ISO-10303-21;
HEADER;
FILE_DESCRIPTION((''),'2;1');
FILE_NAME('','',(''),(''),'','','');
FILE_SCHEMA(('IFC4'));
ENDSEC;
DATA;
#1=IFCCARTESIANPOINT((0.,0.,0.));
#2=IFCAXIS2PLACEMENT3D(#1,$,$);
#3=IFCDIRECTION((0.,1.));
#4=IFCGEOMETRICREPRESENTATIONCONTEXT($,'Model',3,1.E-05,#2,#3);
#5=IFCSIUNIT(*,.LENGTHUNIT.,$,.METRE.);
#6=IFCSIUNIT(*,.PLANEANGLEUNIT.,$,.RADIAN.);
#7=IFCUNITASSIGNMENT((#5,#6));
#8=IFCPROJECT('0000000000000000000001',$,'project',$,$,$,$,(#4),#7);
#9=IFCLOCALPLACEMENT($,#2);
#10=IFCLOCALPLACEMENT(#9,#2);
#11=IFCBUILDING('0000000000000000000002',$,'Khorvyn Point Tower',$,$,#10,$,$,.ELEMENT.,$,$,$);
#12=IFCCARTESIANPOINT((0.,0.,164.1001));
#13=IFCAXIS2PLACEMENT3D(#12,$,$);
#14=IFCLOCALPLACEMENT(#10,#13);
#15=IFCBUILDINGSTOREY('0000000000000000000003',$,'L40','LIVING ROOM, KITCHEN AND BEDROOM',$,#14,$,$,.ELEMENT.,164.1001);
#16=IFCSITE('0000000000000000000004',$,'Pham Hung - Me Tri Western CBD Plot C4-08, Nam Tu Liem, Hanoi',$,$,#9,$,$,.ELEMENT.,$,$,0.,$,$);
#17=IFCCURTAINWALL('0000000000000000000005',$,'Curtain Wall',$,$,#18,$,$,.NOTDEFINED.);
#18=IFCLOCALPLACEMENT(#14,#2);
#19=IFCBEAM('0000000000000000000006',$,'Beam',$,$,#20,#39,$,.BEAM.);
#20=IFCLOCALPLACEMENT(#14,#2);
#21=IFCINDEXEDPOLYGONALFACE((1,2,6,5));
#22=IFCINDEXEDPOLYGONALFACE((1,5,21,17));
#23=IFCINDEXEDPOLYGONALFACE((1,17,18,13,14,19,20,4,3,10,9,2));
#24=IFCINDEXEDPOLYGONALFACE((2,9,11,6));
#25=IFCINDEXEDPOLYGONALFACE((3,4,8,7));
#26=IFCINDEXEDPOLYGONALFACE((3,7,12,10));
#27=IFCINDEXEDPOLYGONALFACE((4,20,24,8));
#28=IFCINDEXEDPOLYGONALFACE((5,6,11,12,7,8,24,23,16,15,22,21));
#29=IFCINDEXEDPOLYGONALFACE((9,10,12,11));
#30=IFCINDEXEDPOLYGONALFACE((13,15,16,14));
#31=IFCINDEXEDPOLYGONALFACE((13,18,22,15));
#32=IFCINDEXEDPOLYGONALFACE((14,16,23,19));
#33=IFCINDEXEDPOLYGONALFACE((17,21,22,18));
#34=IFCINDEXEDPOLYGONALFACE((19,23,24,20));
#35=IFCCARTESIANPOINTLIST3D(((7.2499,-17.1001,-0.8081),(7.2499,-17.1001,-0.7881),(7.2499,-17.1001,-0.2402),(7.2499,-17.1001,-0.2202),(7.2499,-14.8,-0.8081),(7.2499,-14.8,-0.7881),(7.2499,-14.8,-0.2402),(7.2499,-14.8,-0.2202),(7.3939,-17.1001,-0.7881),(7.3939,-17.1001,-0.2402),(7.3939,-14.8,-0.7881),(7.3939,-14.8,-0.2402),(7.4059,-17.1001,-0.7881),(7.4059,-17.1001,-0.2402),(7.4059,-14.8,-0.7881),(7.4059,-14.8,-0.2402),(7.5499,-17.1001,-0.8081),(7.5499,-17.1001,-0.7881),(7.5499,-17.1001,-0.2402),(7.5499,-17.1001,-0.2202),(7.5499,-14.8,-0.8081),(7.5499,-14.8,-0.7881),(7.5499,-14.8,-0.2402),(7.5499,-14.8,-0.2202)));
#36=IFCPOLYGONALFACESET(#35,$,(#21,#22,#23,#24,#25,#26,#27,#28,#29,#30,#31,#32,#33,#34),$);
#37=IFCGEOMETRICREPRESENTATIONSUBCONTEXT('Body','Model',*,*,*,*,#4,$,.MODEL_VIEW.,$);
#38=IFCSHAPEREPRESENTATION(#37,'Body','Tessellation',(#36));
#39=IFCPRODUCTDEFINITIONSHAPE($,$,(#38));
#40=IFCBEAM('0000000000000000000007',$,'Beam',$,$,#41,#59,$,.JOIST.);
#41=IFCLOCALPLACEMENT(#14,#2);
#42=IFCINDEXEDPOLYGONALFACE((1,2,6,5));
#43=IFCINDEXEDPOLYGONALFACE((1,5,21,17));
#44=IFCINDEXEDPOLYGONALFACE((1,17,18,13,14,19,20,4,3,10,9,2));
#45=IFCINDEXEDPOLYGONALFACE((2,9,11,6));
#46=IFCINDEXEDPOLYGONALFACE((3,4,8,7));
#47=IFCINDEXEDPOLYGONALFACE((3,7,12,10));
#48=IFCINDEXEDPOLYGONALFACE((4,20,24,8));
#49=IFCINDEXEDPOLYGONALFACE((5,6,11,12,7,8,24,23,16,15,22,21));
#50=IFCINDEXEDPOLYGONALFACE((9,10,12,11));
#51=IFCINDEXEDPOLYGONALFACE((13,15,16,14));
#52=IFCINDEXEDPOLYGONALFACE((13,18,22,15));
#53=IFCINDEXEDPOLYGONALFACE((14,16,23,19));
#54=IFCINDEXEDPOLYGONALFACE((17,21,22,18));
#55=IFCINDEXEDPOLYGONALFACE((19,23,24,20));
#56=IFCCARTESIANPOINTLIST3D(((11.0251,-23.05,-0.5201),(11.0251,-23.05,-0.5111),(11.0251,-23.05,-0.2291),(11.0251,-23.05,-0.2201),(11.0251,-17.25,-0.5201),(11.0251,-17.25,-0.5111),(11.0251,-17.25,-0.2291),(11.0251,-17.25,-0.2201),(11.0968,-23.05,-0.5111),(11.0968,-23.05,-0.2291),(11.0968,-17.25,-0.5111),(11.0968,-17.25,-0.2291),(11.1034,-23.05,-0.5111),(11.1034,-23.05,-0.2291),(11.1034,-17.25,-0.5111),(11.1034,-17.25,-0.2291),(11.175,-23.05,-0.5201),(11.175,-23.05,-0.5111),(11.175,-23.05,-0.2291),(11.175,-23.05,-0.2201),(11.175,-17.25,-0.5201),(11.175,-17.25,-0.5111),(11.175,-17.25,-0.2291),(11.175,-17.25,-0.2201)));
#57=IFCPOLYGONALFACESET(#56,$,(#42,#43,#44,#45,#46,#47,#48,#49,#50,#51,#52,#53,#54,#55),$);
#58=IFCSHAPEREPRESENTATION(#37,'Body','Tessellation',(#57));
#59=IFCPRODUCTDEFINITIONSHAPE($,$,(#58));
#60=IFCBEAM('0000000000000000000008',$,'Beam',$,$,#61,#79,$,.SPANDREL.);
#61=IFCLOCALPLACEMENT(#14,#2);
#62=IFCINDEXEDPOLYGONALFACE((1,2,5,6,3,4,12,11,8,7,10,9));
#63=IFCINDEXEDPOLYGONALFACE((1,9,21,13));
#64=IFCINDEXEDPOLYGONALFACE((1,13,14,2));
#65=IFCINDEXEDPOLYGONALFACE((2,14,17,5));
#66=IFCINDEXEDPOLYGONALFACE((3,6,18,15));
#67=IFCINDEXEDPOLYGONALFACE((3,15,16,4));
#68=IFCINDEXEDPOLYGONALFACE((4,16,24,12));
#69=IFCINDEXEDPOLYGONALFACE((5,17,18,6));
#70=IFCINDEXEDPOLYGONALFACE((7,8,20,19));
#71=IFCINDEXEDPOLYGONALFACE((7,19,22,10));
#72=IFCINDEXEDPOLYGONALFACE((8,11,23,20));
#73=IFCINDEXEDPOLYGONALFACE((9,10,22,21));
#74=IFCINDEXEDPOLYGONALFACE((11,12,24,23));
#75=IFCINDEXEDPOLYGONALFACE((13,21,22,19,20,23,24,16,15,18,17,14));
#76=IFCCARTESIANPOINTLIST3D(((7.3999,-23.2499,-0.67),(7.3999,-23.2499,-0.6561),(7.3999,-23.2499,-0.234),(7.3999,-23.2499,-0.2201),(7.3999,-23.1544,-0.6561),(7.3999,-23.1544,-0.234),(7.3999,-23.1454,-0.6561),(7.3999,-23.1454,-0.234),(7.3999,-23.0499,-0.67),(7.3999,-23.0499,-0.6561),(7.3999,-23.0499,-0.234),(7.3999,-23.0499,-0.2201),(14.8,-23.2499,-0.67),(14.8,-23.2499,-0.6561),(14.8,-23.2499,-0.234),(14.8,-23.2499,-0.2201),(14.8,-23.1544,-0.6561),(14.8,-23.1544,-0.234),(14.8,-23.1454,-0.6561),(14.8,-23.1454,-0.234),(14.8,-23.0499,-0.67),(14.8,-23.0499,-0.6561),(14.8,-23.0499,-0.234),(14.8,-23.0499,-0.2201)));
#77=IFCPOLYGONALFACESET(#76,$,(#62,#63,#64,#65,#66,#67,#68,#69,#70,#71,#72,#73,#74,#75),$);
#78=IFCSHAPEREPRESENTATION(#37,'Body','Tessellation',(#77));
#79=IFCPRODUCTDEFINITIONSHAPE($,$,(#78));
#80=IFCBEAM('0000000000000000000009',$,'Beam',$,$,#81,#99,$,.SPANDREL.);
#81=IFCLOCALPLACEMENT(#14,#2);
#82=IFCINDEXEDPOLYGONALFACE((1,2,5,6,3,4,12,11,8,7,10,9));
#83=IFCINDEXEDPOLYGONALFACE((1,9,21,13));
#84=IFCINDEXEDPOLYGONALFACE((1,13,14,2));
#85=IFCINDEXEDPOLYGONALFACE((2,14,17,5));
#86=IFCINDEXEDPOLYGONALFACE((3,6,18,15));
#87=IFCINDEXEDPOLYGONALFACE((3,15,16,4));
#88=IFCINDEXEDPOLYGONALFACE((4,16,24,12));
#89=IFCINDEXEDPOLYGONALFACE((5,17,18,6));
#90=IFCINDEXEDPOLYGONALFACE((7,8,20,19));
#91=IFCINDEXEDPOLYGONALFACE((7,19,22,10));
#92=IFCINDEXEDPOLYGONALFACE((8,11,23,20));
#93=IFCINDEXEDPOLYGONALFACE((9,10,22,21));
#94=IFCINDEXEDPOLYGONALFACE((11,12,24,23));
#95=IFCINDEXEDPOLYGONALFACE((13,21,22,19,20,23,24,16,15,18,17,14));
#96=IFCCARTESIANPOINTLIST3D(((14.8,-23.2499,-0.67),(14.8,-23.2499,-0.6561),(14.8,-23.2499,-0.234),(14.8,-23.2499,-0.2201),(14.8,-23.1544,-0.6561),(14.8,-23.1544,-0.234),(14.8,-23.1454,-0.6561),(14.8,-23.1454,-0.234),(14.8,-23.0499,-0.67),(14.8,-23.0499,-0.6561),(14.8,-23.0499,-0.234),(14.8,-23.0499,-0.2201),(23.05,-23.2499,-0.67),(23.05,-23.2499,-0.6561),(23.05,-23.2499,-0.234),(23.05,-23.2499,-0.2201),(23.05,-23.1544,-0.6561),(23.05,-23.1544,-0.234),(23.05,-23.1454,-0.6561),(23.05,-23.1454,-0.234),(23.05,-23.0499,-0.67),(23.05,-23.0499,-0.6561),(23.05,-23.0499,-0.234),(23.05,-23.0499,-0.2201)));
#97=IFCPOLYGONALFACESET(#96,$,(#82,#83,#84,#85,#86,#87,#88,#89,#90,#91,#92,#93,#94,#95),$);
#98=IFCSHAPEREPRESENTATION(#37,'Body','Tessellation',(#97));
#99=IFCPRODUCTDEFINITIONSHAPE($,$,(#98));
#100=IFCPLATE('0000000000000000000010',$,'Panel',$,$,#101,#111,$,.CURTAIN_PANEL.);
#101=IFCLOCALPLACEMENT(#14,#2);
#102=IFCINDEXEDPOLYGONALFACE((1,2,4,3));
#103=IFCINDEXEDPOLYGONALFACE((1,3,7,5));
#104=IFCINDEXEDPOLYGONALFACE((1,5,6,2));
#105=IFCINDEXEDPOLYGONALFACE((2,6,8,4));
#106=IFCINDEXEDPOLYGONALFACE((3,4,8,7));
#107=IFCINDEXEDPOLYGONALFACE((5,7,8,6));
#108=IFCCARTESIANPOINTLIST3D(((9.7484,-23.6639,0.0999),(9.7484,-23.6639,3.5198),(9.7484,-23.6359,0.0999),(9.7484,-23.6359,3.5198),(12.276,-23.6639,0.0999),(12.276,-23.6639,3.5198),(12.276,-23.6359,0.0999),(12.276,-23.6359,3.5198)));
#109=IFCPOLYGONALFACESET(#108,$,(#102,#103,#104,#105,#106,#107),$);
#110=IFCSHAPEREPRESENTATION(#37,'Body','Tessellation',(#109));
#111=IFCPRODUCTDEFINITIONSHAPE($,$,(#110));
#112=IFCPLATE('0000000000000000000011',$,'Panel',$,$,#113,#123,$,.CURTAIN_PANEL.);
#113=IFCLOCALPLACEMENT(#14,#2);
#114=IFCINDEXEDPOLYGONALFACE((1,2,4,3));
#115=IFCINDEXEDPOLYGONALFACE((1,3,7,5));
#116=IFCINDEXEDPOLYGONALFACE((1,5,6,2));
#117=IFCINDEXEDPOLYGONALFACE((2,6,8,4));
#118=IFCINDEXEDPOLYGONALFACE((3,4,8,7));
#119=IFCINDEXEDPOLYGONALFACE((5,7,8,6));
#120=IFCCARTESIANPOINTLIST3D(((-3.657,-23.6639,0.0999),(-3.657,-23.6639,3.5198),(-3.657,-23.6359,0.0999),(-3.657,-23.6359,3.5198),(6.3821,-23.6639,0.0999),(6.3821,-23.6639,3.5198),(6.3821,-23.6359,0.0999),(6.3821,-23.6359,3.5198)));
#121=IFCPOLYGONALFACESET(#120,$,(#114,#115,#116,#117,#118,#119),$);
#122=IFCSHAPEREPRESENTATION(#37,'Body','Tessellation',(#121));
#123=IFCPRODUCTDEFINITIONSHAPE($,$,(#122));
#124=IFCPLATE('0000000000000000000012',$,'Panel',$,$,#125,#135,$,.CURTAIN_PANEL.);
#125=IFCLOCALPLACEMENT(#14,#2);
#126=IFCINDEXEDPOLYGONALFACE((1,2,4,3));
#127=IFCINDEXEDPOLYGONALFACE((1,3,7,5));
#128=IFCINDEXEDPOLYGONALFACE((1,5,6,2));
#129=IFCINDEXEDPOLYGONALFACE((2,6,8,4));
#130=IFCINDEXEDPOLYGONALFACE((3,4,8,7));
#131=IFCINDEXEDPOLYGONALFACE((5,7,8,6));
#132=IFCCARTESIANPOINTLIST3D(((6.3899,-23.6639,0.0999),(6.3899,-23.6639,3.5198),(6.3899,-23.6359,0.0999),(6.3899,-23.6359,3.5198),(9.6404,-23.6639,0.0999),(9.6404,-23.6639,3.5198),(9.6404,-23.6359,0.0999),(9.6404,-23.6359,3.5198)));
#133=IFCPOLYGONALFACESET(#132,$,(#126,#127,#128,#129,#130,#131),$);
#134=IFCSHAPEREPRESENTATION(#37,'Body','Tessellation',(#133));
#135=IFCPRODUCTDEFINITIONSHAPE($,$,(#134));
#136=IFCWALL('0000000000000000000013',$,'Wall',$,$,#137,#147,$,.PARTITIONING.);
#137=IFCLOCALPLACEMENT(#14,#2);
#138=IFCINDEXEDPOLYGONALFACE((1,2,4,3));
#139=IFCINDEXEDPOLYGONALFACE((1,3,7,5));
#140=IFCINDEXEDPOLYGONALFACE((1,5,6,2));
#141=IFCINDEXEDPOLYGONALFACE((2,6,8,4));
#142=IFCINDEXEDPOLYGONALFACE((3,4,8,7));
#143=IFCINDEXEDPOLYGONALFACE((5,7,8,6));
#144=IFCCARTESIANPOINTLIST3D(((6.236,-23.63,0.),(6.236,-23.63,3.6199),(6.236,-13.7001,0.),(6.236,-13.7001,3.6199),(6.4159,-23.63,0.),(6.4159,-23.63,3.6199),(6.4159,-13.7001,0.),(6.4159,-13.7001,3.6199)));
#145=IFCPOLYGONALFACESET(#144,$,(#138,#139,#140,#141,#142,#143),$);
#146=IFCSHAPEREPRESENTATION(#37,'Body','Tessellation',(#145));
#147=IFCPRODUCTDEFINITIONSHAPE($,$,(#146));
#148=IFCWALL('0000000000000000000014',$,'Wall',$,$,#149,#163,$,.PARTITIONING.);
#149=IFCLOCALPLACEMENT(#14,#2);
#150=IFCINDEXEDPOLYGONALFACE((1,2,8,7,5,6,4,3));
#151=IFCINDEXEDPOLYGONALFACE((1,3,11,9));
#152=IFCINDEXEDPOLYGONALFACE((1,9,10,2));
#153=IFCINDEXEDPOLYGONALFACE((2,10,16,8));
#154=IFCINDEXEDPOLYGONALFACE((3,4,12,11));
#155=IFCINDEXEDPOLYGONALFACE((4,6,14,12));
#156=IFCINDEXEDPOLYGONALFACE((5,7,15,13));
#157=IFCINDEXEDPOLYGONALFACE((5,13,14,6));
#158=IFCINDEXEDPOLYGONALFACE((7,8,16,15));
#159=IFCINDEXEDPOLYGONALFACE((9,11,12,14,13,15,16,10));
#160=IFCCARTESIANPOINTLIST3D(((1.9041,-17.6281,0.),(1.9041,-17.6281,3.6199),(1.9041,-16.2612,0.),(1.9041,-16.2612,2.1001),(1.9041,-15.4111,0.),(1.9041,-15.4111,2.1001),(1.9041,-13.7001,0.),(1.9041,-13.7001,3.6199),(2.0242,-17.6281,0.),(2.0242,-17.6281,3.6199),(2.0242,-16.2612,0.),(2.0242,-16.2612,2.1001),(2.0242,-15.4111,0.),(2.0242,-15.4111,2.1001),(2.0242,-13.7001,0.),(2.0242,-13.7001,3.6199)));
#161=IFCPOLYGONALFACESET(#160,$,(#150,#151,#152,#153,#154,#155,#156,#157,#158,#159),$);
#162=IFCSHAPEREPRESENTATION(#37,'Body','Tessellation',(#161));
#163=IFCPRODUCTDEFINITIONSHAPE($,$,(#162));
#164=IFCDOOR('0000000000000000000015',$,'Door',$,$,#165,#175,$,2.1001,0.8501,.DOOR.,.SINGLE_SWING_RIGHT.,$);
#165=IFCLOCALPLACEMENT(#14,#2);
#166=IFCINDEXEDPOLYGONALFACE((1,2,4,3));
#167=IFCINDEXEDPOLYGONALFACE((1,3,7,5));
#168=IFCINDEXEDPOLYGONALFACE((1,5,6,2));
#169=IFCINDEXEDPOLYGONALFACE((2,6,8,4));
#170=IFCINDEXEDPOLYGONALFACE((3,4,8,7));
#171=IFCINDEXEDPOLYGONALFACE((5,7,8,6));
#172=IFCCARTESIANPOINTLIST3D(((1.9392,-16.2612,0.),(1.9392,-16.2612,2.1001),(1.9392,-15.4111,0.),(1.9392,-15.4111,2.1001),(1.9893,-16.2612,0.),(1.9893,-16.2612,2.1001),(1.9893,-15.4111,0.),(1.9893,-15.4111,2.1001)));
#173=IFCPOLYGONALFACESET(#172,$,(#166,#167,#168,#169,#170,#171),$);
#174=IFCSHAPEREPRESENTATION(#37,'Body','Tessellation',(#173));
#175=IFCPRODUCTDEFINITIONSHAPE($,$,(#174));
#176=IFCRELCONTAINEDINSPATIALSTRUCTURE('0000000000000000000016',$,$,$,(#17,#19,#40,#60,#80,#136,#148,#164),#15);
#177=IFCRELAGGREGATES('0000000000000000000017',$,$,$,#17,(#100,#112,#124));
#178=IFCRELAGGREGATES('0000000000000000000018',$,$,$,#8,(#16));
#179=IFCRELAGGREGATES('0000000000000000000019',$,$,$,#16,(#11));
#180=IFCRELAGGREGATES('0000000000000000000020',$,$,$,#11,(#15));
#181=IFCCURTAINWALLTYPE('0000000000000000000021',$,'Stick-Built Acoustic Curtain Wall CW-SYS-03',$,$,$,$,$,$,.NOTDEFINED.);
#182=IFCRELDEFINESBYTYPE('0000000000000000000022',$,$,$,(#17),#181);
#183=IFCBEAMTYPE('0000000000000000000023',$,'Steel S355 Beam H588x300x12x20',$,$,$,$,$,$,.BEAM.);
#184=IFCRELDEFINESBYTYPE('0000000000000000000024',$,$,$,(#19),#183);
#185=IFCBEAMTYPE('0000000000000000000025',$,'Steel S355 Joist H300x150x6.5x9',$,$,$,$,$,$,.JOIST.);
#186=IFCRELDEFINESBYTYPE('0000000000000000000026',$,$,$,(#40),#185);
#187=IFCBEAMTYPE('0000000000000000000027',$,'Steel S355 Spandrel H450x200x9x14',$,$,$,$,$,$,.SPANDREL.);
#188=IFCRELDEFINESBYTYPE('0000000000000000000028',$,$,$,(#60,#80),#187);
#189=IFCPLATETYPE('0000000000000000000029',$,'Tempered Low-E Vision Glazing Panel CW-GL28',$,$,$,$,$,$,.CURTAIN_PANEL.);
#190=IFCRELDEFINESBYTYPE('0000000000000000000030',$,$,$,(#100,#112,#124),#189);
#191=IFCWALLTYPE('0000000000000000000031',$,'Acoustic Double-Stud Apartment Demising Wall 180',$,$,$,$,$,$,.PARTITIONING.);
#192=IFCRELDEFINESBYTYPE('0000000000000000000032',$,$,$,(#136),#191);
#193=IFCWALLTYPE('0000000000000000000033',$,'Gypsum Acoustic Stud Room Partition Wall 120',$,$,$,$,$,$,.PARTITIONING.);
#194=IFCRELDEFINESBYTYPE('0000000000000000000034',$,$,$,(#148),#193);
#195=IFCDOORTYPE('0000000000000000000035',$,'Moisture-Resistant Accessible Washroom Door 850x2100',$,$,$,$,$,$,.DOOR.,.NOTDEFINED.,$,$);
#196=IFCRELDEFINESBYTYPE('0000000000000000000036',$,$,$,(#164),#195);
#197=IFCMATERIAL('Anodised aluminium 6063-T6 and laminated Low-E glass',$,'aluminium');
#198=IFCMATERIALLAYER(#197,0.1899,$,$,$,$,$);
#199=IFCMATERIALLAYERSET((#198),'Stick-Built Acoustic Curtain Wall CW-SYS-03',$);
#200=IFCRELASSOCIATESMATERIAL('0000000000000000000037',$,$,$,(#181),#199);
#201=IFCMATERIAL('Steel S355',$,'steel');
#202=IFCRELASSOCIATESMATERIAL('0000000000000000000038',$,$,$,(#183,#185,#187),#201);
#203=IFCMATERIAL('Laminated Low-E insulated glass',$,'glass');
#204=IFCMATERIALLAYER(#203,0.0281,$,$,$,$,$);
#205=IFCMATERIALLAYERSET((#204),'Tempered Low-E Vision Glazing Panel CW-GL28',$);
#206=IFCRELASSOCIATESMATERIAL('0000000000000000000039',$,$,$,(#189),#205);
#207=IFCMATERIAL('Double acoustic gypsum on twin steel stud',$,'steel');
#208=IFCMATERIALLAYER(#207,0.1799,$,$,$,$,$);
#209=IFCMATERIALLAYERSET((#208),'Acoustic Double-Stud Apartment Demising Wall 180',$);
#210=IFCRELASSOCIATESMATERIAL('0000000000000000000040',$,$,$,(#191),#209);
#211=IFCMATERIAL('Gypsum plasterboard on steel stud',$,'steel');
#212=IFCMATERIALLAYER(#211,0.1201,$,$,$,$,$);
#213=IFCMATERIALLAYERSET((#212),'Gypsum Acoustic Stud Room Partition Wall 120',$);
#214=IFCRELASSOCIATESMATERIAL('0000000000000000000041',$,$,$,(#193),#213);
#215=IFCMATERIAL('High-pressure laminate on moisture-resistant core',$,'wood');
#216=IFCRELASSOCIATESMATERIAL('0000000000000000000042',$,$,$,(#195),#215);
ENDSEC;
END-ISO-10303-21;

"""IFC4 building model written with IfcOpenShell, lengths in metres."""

from ifc_helpers import new_model, si_unit, direction, frame, frame_2d, origin, origin_2d, place, context, subcontext, project, spatial, rectangle, i_section, extrude, material, layer, layer_set, material_profile, profile_set, type_object, element, fill, aggregate, save


model = new_model("IFC4")

# Units and contexts
model_context = context("Model", 3, precision=1e-05, world=origin(), true_north=direction((0.0, 1.0)))
body_context = subcontext(model_context, "Body", "Model", "MODEL_VIEW")
ifc_project = project(units=[si_unit("LENGTHUNIT", "METRE"), si_unit("PLANEANGLEUNIT", "RADIAN")], contexts=[model_context])

# Site, building, storey
site_placement = place(None, origin())
site = spatial("IfcSite", under=ifc_project, at=site_placement, Name="Pham Hung - Me Tri Western CBD Plot C4-08, Nam Tu Liem, Hanoi", CompositionType="ELEMENT", RefElevation=0.0)
building_placement = place(site_placement, origin())
building = spatial("IfcBuilding", under=site, at=building_placement, Name="Khorvyn Point Tower", CompositionType="ELEMENT")
storey_placement = place(building_placement, frame((0.0, 0.0, 164.1001)))
storey = spatial("IfcBuildingStorey", under=building, at=storey_placement, Name="L40", Description="LIVING ROOM, KITCHEN AND BEDROOM", CompositionType="ELEMENT", Elevation=164.1001)

# Curtain wall
ifc_material_1 = material(Name="Anodised aluminium 6063-T6 and laminated Low-E glass", Category="aluminium")
ifc_layer_1 = layer(ifc_material_1, 0.1899)
ifc_layer_set_1 = layer_set([ifc_layer_1], Name="Stick-Built Acoustic Curtain Wall CW-SYS-03")
curtain_wall_type = type_object("IfcCurtainWallType", Name="Stick-Built Acoustic Curtain Wall CW-SYS-03", PredefinedType="NOTDEFINED", material=ifc_layer_set_1)
curtain_wall_placement = place(storey_placement, origin())
curtain_wall = element("IfcCurtainWall", 1, at=curtain_wall_placement, inside=storey, type_object=curtain_wall_type, Name="Curtain Wall", PredefinedType="NOTDEFINED")

# Beams
ifc_material_2 = material(Name="Steel S355", Category="steel")
ifc_material_profile_1 = material_profile(ifc_material_2, i_section(OverallWidth=0.3, OverallDepth=0.5879, WebThickness=0.012, FlangeThickness=0.02, at=origin_2d()))
ifc_profile_set_1 = profile_set([ifc_material_profile_1], Name="Steel S355 H588x300x12x20")
beam_type_1 = type_object("IfcBeamType", Name="Steel S355 Beam H588x300x12x20", PredefinedType="BEAM", material=ifc_profile_set_1)
beam_1_placement = place(storey_placement, frame((7.3999, -17.1001, -0.5142), z_axis=(0.0, 1.0, 0.0), x_axis=(-1.0, 0.0, 0.0)))
element("IfcBeam", 2, at=beam_1_placement, inside=storey, type_object=beam_type_1, Name="Beam", PredefinedType="BEAM", context=body_context, shape_type="SweptSolid", body=[
    extrude(i_section(OverallWidth=0.3, OverallDepth=0.5879, WebThickness=0.012, FlangeThickness=0.02, at=origin_2d()), origin(), (0.0, 0.0, 1.0), 2.3),
])
ifc_material_profile_2 = material_profile(ifc_material_2, i_section(OverallWidth=0.1499, OverallDepth=0.3, WebThickness=0.0066, FlangeThickness=0.009, at=origin_2d()))
ifc_profile_set_2 = profile_set([ifc_material_profile_2], Name="Steel S355 H300x150x6.5x9")
beam_type_2 = type_object("IfcBeamType", Name="Steel S355 Joist H300x150x6.5x9", PredefinedType="JOIST", material=ifc_profile_set_2)
beam_2_placement = place(storey_placement, frame((11.1001, -23.05, -0.3701), z_axis=(0.0, 1.0, 0.0), x_axis=(-1.0, 0.0, 0.0)))
element("IfcBeam", 3, at=beam_2_placement, inside=storey, type_object=beam_type_2, Name="Beam", PredefinedType="JOIST", context=body_context, shape_type="SweptSolid", body=[
    extrude(i_section(OverallWidth=0.1499, OverallDepth=0.3, WebThickness=0.0066, FlangeThickness=0.009, at=origin_2d()), origin(), (0.0, 0.0, 1.0), 5.8),
])
ifc_material_profile_3 = material_profile(ifc_material_2, i_section(OverallWidth=0.2, OverallDepth=0.45, WebThickness=0.009, FlangeThickness=0.0139, at=origin_2d()))
ifc_profile_set_3 = profile_set([ifc_material_profile_3], Name="Steel S355 H450x200x9x14")
beam_type_3 = type_object("IfcBeamType", Name="Steel S355 Spandrel H450x200x9x14", PredefinedType="SPANDREL", material=ifc_profile_set_3)
beam_3_placement = place(storey_placement, frame((7.3999, -23.1499, -0.4451), z_axis=(1.0, 0.0, 0.0), x_axis=(0.0, 1.0, 0.0)))
element("IfcBeam", 4, at=beam_3_placement, inside=storey, type_object=beam_type_3, Name="Beam", PredefinedType="SPANDREL", context=body_context, shape_type="SweptSolid", body=[
    extrude(i_section(OverallWidth=0.2, OverallDepth=0.45, WebThickness=0.009, FlangeThickness=0.0139, at=origin_2d()), origin(), (0.0, 0.0, 1.0), 7.4001),
])
beam_4_placement = place(storey_placement, frame((14.8, -23.1499, -0.4451), z_axis=(1.0, 0.0, 0.0), x_axis=(0.0, 1.0, 0.0)))
element("IfcBeam", 5, at=beam_4_placement, inside=storey, type_object=beam_type_3, Name="Beam", PredefinedType="SPANDREL", context=body_context, shape_type="SweptSolid", body=[
    extrude(i_section(OverallWidth=0.2, OverallDepth=0.45, WebThickness=0.009, FlangeThickness=0.0139, at=origin_2d()), origin(), (0.0, 0.0, 1.0), 8.25),
])

# Plates
ifc_material_3 = material(Name="Laminated Low-E insulated glass", Category="glass")
ifc_layer_2 = layer(ifc_material_3, 0.0281)
ifc_layer_set_2 = layer_set([ifc_layer_2], Name="Tempered Low-E Vision Glazing Panel CW-GL28")
plate_type = type_object("IfcPlateType", Name="Tempered Low-E Vision Glazing Panel CW-GL28", PredefinedType="CURTAIN_PANEL", material=ifc_layer_set_2)
plate_1_placement = place(storey_placement, frame((11.0122, -23.6499, 0.0999), z_axis=(0.0, 0.0, 1.0), x_axis=(-1.0, 0.0, 0.0)))
plate_1 = element("IfcPlate", 6, at=plate_1_placement, type_object=plate_type, Name="Panel", PredefinedType="CURTAIN_PANEL", context=body_context, shape_type="SweptSolid", body=[
    extrude(rectangle(XDim=2.5276, YDim=0.0281, at=origin_2d()), origin(), (0.0, 0.0, 1.0), 3.4199),
])
plate_2_placement = place(storey_placement, frame((1.3625, -23.6499, 0.0999), z_axis=(0.0, 0.0, 1.0), x_axis=(-1.0, 0.0, 0.0)))
plate_2 = element("IfcPlate", 7, at=plate_2_placement, type_object=plate_type, Name="Panel", PredefinedType="CURTAIN_PANEL", context=body_context, shape_type="SweptSolid", body=[
    extrude(rectangle(XDim=10.0391, YDim=0.0281, at=origin_2d()), origin(), (0.0, 0.0, 1.0), 3.4199),
])
plate_3_placement = place(storey_placement, frame((8.0151, -23.6499, 0.0999), z_axis=(0.0, 0.0, 1.0), x_axis=(-1.0, 0.0, 0.0)))
plate_3 = element("IfcPlate", 8, at=plate_3_placement, type_object=plate_type, Name="Panel", PredefinedType="CURTAIN_PANEL", context=body_context, shape_type="SweptSolid", body=[
    extrude(rectangle(XDim=3.2505, YDim=0.0281, at=origin_2d()), origin(), (0.0, 0.0, 1.0), 3.4199),
])
aggregate(curtain_wall, [plate_1, plate_2, plate_3])

# Wall
ifc_material_4 = material(Name="Double acoustic gypsum on twin steel stud", Category="steel")
ifc_layer_3 = layer(ifc_material_4, 0.1799)
ifc_layer_set_3 = layer_set([ifc_layer_3], Name="Acoustic Double-Stud Apartment Demising Wall 180")
wall_type_1 = type_object("IfcWallType", Name="Acoustic Double-Stud Apartment Demising Wall 180", PredefinedType="PARTITIONING", material=ifc_layer_set_3)
wall_1_placement = place(storey_placement, frame((6.3259, -23.6299, 0.0), z_axis=(0.0, 0.0, 1.0), x_axis=(0.0, 1.0, 0.0)))
element("IfcWall", 9, at=wall_1_placement, inside=storey, type_object=wall_type_1, Name="Wall", PredefinedType="PARTITIONING", context=body_context, shape_type="SweptSolid", body=[
    extrude(rectangle(XDim=9.9299, YDim=0.1799, at=frame_2d((4.9648, 0.0))), origin(), (0.0, 0.0, 1.0), 3.6199),
])

# Wall, opening, door
ifc_material_5 = material(Name="Gypsum plasterboard on steel stud", Category="steel")
ifc_layer_4 = layer(ifc_material_5, 0.1201)
ifc_layer_set_4 = layer_set([ifc_layer_4], Name="Gypsum Acoustic Stud Room Partition Wall 120")
wall_type_2 = type_object("IfcWallType", Name="Gypsum Acoustic Stud Room Partition Wall 120", PredefinedType="PARTITIONING", material=ifc_layer_set_4)
wall_2_placement = place(storey_placement, frame((1.9641, -17.6279, 0.0), z_axis=(0.0, 0.0, 1.0), x_axis=(0.0, 1.0, 0.0)))
wall_2 = element("IfcWall", 10, at=wall_2_placement, inside=storey, type_object=wall_type_2, Name="Wall", PredefinedType="PARTITIONING", context=body_context, shape_type="SweptSolid", body=[
    extrude(rectangle(XDim=3.928, YDim=0.1201, at=frame_2d((1.9639, 0.0))), origin(), (0.0, 0.0, 1.0), 3.6199),
])
opening_1_placement = place(wall_2_placement, frame((1.3667, 0.0, 0.0)))
opening_1 = element("IfcOpeningElement", 11, at=opening_1_placement, cuts=wall_2, PredefinedType="OPENING", context=body_context, shape_type="SweptSolid", body=[
    extrude(rectangle(XDim=0.8501, YDim=2.1001, at=frame_2d((0.425, 1.05))), frame((0.0, 0.0701, 0.0), z_axis=(0.0, -1.0, 0.0), x_axis=(1.0, 0.0, 0.0)), (0.0, 0.0, 1.0), 0.1401),
])
ifc_material_6 = material(Name="High-pressure laminate on moisture-resistant core", Category="wood")
door_type_1 = type_object("IfcDoorType", Name="Moisture-Resistant Accessible Washroom Door 850x2100", OperationType="NOTDEFINED", PredefinedType="DOOR", material=ifc_material_6)
door_1_placement = place(opening_1_placement, origin())
door_1 = element("IfcDoor", 12, at=door_1_placement, inside=storey, type_object=door_type_1, Name="Door", OperationType="SINGLE_SWING_RIGHT", OverallHeight=2.1001, OverallWidth=0.8501, PredefinedType="DOOR", context=body_context, shape_type="SweptSolid", body=[
    extrude(rectangle(XDim=0.8501, YDim=2.1001, at=frame_2d((0.425, 1.05))), frame((0.0, 0.0249, 0.0), z_axis=(0.0, -1.0, 0.0), x_axis=(1.0, 0.0, 0.0)), (0.0, 0.0, 1.0), 0.05),
])
fill(opening_1, door_1)

save(model, "model.ifc")
